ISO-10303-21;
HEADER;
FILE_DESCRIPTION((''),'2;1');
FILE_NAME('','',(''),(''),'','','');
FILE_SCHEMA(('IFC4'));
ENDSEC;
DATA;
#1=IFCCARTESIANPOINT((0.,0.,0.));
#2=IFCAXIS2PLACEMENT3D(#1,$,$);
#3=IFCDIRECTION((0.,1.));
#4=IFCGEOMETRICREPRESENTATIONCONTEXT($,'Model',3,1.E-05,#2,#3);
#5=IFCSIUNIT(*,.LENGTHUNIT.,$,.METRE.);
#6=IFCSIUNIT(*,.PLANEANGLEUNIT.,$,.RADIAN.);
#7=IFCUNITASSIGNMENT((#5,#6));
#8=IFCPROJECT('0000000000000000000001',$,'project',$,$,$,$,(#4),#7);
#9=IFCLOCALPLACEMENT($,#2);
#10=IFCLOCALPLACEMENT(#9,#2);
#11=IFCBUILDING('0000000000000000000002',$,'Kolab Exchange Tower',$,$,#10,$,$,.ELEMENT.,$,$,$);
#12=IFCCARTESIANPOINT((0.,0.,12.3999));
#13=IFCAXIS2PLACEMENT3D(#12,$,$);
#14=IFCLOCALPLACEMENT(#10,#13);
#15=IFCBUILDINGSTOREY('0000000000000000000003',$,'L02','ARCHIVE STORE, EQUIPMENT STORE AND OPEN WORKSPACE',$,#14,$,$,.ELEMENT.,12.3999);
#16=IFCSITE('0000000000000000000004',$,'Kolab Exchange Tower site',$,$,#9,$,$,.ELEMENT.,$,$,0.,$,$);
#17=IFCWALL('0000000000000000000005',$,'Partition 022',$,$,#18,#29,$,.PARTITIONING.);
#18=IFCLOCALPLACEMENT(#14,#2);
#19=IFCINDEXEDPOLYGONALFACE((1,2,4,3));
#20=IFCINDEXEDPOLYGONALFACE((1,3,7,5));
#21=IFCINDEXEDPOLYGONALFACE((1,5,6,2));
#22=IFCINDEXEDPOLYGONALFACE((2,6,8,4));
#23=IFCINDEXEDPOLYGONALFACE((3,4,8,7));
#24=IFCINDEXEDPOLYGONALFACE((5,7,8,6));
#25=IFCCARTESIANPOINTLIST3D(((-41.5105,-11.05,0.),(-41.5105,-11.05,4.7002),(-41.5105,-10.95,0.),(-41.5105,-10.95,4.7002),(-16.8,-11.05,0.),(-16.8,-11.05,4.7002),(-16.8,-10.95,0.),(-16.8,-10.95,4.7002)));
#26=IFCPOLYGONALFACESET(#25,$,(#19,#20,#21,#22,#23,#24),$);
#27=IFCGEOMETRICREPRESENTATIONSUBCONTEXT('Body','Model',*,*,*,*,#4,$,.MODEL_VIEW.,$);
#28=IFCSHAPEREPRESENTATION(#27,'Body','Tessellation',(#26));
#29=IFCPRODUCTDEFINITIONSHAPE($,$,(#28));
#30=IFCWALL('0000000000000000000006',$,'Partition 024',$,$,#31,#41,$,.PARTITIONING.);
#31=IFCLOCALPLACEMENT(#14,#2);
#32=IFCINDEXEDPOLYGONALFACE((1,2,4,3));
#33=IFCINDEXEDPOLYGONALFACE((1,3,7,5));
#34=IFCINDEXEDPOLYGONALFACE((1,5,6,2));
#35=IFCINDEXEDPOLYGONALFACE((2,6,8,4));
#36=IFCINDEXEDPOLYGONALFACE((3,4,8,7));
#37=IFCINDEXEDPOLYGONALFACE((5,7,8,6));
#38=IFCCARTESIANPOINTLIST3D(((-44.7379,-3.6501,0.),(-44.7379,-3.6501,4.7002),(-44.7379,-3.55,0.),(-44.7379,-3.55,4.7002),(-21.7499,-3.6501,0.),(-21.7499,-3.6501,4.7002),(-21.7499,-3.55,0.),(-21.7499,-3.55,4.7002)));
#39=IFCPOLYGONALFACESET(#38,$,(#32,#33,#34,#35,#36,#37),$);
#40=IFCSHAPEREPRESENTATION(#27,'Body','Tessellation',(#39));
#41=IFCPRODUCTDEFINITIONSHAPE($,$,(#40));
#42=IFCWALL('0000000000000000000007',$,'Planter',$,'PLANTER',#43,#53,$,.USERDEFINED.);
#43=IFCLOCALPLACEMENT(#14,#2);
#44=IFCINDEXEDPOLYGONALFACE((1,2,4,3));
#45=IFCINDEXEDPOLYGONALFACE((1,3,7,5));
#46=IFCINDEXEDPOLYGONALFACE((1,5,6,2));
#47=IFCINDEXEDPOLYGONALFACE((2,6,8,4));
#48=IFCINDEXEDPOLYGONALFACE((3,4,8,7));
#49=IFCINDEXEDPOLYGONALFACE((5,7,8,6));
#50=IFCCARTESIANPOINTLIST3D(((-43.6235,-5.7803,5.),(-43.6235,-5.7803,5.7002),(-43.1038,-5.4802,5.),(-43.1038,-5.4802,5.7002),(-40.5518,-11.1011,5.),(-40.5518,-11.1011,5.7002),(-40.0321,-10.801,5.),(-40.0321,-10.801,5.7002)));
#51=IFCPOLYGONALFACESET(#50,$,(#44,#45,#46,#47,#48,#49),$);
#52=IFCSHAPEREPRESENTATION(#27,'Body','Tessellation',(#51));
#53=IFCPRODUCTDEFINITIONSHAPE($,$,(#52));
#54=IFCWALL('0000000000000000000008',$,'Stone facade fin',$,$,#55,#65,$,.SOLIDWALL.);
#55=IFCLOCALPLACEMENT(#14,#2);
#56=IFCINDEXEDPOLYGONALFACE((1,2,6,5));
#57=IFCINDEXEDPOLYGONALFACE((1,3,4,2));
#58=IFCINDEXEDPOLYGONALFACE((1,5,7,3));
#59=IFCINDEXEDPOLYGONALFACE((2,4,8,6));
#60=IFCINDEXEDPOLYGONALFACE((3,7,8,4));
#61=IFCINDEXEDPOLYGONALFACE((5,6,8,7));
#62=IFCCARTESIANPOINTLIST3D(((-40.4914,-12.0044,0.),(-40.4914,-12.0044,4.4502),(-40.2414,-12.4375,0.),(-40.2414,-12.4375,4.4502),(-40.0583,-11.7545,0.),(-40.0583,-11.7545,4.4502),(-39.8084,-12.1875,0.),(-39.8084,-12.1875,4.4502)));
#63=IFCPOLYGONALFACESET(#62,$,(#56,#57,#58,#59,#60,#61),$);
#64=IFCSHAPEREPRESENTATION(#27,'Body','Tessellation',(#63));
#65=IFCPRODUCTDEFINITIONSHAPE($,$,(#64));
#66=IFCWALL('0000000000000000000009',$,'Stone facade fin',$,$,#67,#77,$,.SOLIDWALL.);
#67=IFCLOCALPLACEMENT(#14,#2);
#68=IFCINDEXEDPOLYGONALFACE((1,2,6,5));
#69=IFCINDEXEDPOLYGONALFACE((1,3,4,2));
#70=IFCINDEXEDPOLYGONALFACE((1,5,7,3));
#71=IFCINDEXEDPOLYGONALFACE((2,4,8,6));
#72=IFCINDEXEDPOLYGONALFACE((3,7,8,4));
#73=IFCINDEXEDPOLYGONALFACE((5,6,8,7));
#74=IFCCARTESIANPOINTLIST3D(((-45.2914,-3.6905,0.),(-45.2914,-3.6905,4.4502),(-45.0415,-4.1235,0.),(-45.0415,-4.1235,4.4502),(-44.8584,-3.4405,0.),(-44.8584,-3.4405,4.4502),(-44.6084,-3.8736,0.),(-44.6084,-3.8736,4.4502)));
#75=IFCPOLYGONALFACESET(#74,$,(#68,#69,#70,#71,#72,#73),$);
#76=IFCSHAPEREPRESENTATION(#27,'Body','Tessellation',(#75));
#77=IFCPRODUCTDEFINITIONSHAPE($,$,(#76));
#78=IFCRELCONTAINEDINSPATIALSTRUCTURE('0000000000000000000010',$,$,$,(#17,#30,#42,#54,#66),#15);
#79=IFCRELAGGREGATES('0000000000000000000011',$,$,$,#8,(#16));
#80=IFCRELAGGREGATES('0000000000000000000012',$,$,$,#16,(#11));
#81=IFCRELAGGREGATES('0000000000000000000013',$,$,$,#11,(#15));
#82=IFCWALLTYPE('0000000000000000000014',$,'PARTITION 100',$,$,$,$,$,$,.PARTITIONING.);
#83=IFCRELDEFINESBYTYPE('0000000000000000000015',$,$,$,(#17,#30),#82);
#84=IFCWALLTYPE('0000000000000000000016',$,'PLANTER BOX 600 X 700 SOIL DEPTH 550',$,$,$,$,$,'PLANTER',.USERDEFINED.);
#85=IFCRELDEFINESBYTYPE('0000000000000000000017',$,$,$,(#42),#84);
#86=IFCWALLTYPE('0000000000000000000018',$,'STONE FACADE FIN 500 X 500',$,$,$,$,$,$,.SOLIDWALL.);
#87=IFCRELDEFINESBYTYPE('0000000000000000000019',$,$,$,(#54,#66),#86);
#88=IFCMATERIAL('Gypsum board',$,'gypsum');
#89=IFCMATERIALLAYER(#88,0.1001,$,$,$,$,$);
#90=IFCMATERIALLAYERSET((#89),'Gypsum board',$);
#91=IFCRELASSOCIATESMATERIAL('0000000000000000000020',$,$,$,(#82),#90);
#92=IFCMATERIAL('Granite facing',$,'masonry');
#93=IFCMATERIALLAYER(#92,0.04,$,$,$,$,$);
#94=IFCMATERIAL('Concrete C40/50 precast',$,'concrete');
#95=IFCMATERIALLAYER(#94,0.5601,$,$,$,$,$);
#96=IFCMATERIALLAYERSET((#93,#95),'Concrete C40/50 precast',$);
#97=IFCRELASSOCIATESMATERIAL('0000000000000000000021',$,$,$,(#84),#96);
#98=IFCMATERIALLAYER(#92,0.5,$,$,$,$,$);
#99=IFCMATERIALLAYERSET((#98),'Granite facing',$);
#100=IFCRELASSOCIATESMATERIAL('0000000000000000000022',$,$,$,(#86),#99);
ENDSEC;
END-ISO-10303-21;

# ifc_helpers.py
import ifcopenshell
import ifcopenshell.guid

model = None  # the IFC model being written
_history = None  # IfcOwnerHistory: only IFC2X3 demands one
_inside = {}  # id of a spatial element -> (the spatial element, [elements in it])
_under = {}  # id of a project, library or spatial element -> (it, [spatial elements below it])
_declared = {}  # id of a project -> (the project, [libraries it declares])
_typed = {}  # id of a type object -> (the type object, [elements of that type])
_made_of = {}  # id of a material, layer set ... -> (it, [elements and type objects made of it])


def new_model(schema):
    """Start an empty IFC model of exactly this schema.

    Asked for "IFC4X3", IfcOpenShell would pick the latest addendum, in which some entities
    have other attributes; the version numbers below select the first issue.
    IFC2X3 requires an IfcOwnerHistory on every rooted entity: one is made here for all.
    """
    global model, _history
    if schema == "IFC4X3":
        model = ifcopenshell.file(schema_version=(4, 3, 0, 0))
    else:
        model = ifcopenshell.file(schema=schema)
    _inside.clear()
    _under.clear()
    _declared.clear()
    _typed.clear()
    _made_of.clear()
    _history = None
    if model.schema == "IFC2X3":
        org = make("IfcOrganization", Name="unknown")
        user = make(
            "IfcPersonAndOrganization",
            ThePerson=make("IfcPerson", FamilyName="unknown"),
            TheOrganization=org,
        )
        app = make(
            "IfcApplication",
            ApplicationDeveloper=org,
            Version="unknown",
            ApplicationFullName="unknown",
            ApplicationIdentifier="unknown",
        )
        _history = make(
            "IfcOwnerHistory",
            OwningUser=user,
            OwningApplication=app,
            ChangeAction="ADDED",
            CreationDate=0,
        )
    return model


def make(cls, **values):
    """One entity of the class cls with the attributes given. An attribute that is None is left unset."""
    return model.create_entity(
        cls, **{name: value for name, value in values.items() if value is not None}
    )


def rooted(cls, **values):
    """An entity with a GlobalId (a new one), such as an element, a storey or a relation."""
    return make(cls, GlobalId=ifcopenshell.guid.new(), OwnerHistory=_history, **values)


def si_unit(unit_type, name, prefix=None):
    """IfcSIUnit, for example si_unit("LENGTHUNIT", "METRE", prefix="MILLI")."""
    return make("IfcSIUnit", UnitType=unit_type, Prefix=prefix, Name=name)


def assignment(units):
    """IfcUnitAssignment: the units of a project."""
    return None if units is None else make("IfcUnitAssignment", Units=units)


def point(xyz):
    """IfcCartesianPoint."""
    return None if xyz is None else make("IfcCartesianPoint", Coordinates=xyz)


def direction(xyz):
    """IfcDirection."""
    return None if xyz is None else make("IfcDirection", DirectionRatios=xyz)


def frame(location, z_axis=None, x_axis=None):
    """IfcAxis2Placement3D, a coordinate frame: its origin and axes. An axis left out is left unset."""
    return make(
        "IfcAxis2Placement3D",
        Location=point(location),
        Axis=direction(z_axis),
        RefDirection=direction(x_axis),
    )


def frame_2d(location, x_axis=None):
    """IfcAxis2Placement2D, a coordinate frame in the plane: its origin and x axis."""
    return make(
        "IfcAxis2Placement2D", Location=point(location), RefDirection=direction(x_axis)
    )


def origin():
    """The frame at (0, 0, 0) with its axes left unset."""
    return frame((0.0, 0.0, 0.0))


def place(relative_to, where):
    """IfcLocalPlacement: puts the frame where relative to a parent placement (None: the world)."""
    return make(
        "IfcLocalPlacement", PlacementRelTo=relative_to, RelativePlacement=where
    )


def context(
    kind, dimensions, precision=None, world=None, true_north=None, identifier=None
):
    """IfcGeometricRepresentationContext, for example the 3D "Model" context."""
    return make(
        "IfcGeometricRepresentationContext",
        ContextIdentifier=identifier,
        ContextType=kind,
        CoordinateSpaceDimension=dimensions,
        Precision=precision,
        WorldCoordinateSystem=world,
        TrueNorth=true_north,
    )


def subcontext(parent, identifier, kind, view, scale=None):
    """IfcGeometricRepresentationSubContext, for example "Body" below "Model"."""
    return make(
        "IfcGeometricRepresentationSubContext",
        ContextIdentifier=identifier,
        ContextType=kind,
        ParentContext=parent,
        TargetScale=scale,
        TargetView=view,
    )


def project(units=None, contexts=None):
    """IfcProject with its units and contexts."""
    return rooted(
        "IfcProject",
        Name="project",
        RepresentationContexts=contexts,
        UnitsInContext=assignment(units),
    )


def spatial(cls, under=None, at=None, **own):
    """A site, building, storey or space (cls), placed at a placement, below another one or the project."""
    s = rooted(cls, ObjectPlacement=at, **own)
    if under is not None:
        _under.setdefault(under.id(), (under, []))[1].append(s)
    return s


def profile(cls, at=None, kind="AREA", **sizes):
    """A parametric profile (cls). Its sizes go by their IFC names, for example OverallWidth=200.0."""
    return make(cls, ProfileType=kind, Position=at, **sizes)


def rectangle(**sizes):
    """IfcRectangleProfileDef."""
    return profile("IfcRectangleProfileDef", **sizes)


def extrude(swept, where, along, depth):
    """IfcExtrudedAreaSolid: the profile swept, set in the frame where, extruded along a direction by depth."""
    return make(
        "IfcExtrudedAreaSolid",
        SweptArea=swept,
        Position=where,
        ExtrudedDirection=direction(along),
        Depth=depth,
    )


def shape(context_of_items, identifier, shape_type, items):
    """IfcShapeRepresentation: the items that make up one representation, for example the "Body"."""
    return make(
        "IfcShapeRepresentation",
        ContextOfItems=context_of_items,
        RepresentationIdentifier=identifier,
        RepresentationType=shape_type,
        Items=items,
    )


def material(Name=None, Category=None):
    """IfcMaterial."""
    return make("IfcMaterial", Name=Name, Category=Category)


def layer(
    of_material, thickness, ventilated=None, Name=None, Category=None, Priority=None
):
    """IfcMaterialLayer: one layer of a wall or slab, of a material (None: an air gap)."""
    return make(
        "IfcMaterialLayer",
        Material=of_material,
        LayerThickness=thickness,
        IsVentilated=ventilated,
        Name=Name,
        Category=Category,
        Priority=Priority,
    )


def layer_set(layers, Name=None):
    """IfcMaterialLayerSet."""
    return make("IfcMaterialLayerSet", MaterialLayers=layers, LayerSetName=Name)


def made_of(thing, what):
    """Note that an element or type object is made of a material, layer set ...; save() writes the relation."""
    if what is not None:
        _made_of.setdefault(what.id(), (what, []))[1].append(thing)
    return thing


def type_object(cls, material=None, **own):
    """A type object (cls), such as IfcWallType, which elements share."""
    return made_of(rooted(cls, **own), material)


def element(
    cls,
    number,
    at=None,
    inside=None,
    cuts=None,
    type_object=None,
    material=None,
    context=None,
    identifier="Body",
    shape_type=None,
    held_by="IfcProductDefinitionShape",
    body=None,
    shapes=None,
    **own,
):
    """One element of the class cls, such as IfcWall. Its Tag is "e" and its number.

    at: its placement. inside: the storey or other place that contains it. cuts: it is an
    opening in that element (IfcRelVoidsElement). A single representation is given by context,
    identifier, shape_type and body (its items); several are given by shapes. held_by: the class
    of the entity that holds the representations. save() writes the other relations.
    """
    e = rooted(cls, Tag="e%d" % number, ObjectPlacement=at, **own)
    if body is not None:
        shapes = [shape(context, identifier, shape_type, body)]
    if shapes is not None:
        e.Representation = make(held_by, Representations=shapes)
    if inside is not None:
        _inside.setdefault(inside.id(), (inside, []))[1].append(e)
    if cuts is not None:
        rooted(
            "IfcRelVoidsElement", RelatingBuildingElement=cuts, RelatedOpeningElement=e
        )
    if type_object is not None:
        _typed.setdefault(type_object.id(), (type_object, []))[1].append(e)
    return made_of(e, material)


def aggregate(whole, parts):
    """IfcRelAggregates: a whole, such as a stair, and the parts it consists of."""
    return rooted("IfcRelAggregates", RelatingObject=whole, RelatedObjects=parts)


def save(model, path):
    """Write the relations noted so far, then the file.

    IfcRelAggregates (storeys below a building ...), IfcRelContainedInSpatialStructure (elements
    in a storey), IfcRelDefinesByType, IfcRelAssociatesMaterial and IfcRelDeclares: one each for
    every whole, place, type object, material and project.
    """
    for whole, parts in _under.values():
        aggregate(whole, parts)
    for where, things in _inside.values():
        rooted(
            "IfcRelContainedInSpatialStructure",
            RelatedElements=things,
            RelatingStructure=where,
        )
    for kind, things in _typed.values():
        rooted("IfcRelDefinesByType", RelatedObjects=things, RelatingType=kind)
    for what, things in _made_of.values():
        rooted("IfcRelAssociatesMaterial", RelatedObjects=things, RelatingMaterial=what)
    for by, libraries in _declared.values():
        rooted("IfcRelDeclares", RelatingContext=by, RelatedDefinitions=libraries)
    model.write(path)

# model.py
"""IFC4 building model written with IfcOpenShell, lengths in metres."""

from ifc_helpers import new_model, si_unit, direction, frame, frame_2d, origin, place, context, subcontext, project, spatial, rectangle, extrude, material, layer, layer_set, type_object, element, save


model = new_model("IFC4")

# Units and contexts
model_context = context("Model", 3, precision=1e-05, world=origin(), true_north=direction((0.0, 1.0)))
body_context = subcontext(model_context, "Body", "Model", "MODEL_VIEW")
ifc_project = project(units=[si_unit("LENGTHUNIT", "METRE"), si_unit("PLANEANGLEUNIT", "RADIAN")], contexts=[model_context])

# Site, building, storey
site_placement = place(None, origin())
site = spatial("IfcSite", under=ifc_project, at=site_placement, Name="Kolab Exchange Tower site", CompositionType="ELEMENT", RefElevation=0.0)
building_placement = place(site_placement, origin())
building = spatial("IfcBuilding", under=site, at=building_placement, Name="Kolab Exchange Tower", CompositionType="ELEMENT")
storey_placement = place(building_placement, frame((0.0, 0.0, 12.3999)))
storey = spatial("IfcBuildingStorey", under=building, at=storey_placement, Name="L02", Description="ARCHIVE STORE, EQUIPMENT STORE AND OPEN WORKSPACE", CompositionType="ELEMENT", Elevation=12.3999)

# Walls
ifc_material_1 = material(Name="Gypsum board", Category="gypsum")
ifc_layer_1 = layer(ifc_material_1, 0.1001)
ifc_layer_set_1 = layer_set([ifc_layer_1], Name="Gypsum board")
wall_type_1 = type_object("IfcWallType", Name="PARTITION 100", PredefinedType="PARTITIONING", material=ifc_layer_set_1)
wall_1_placement = place(storey_placement, frame((-41.5105, -11.0, 0.0), z_axis=(0.0, 0.0, 1.0), x_axis=(1.0, 0.0, 0.0)))
element("IfcWall", 1, at=wall_1_placement, inside=storey, type_object=wall_type_1, Name="Partition 022", PredefinedType="PARTITIONING", context=body_context, shape_type="SweptSolid", body=[
    extrude(rectangle(XDim=24.7104, YDim=0.1001, at=frame_2d((12.3552, 0.0))), origin(), (0.0, 0.0, 1.0), 4.7002),
])
wall_2_placement = place(storey_placement, frame((-44.738, -3.6001, 0.0), z_axis=(0.0, 0.0, 1.0), x_axis=(1.0, 0.0, 0.0)))
element("IfcWall", 2, at=wall_2_placement, inside=storey, type_object=wall_type_1, Name="Partition 024", PredefinedType="PARTITIONING", context=body_context, shape_type="SweptSolid", body=[
    extrude(rectangle(XDim=22.988, YDim=0.1001, at=frame_2d((11.4941, 0.0))), origin(), (0.0, 0.0, 1.0), 4.7002),
])
ifc_material_2 = material(Name="Granite facing", Category="masonry")
ifc_layer_2 = layer(ifc_material_2, 0.04)
ifc_material_3 = material(Name="Concrete C40/50 precast", Category="concrete")
ifc_layer_3 = layer(ifc_material_3, 0.5601)
ifc_layer_set_2 = layer_set([ifc_layer_2, ifc_layer_3], Name="Concrete C40/50 precast")
wall_type_2 = type_object("IfcWallType", Name="PLANTER BOX 600 X 700 SOIL DEPTH 550", ElementType="PLANTER", PredefinedType="USERDEFINED", material=ifc_layer_set_2)
wall_3_placement = place(storey_placement, frame((-40.292, -10.9509, 5.0), z_axis=(0.0, 0.0, 1.0), x_axis=(-0.499977, 0.866039, 0.0)))
element("IfcWall", 3, at=wall_3_placement, inside=storey, type_object=wall_type_2, Name="Planter", ObjectType="PLANTER", PredefinedType="USERDEFINED", context=body_context, shape_type="SweptSolid", body=[
    extrude(rectangle(XDim=6.1438, YDim=0.6001, at=frame_2d((3.0718, 0.0))), origin(), (0.0, 0.0, 1.0), 0.7002),
])
ifc_layer_4 = layer(ifc_material_2, 0.5)
ifc_layer_set_3 = layer_set([ifc_layer_4], Name="Granite facing")
wall_type_3 = type_object("IfcWallType", Name="STONE FACADE FIN 500 X 500", PredefinedType="SOLIDWALL", material=ifc_layer_set_3)
for number, where, z_axis, x_axis, name in (
    (4, (-40.0249, -12.3125, 0.0), (0.0, 0.0, 1.0), (-0.49992, 0.866072, 0.0), "Stone facade fin"),
    (5, (-44.825, -3.9985, 0.0), (0.0, 0.0, 1.0), (-0.49992, 0.866072, 0.0), "Stone facade fin"),
):
    element("IfcWall", number, at=place(storey_placement, frame(where, z_axis=z_axis, x_axis=x_axis)), inside=storey, type_object=wall_type_3, Name=name, PredefinedType="SOLIDWALL", context=body_context, shape_type="SweptSolid", body=[
        extrude(rectangle(XDim=0.5, YDim=0.5, at=frame_2d((0.25, 0.0))), origin(), (0.0, 0.0, 1.0), 4.4502),
    ])

save(model, "model.ifc")
